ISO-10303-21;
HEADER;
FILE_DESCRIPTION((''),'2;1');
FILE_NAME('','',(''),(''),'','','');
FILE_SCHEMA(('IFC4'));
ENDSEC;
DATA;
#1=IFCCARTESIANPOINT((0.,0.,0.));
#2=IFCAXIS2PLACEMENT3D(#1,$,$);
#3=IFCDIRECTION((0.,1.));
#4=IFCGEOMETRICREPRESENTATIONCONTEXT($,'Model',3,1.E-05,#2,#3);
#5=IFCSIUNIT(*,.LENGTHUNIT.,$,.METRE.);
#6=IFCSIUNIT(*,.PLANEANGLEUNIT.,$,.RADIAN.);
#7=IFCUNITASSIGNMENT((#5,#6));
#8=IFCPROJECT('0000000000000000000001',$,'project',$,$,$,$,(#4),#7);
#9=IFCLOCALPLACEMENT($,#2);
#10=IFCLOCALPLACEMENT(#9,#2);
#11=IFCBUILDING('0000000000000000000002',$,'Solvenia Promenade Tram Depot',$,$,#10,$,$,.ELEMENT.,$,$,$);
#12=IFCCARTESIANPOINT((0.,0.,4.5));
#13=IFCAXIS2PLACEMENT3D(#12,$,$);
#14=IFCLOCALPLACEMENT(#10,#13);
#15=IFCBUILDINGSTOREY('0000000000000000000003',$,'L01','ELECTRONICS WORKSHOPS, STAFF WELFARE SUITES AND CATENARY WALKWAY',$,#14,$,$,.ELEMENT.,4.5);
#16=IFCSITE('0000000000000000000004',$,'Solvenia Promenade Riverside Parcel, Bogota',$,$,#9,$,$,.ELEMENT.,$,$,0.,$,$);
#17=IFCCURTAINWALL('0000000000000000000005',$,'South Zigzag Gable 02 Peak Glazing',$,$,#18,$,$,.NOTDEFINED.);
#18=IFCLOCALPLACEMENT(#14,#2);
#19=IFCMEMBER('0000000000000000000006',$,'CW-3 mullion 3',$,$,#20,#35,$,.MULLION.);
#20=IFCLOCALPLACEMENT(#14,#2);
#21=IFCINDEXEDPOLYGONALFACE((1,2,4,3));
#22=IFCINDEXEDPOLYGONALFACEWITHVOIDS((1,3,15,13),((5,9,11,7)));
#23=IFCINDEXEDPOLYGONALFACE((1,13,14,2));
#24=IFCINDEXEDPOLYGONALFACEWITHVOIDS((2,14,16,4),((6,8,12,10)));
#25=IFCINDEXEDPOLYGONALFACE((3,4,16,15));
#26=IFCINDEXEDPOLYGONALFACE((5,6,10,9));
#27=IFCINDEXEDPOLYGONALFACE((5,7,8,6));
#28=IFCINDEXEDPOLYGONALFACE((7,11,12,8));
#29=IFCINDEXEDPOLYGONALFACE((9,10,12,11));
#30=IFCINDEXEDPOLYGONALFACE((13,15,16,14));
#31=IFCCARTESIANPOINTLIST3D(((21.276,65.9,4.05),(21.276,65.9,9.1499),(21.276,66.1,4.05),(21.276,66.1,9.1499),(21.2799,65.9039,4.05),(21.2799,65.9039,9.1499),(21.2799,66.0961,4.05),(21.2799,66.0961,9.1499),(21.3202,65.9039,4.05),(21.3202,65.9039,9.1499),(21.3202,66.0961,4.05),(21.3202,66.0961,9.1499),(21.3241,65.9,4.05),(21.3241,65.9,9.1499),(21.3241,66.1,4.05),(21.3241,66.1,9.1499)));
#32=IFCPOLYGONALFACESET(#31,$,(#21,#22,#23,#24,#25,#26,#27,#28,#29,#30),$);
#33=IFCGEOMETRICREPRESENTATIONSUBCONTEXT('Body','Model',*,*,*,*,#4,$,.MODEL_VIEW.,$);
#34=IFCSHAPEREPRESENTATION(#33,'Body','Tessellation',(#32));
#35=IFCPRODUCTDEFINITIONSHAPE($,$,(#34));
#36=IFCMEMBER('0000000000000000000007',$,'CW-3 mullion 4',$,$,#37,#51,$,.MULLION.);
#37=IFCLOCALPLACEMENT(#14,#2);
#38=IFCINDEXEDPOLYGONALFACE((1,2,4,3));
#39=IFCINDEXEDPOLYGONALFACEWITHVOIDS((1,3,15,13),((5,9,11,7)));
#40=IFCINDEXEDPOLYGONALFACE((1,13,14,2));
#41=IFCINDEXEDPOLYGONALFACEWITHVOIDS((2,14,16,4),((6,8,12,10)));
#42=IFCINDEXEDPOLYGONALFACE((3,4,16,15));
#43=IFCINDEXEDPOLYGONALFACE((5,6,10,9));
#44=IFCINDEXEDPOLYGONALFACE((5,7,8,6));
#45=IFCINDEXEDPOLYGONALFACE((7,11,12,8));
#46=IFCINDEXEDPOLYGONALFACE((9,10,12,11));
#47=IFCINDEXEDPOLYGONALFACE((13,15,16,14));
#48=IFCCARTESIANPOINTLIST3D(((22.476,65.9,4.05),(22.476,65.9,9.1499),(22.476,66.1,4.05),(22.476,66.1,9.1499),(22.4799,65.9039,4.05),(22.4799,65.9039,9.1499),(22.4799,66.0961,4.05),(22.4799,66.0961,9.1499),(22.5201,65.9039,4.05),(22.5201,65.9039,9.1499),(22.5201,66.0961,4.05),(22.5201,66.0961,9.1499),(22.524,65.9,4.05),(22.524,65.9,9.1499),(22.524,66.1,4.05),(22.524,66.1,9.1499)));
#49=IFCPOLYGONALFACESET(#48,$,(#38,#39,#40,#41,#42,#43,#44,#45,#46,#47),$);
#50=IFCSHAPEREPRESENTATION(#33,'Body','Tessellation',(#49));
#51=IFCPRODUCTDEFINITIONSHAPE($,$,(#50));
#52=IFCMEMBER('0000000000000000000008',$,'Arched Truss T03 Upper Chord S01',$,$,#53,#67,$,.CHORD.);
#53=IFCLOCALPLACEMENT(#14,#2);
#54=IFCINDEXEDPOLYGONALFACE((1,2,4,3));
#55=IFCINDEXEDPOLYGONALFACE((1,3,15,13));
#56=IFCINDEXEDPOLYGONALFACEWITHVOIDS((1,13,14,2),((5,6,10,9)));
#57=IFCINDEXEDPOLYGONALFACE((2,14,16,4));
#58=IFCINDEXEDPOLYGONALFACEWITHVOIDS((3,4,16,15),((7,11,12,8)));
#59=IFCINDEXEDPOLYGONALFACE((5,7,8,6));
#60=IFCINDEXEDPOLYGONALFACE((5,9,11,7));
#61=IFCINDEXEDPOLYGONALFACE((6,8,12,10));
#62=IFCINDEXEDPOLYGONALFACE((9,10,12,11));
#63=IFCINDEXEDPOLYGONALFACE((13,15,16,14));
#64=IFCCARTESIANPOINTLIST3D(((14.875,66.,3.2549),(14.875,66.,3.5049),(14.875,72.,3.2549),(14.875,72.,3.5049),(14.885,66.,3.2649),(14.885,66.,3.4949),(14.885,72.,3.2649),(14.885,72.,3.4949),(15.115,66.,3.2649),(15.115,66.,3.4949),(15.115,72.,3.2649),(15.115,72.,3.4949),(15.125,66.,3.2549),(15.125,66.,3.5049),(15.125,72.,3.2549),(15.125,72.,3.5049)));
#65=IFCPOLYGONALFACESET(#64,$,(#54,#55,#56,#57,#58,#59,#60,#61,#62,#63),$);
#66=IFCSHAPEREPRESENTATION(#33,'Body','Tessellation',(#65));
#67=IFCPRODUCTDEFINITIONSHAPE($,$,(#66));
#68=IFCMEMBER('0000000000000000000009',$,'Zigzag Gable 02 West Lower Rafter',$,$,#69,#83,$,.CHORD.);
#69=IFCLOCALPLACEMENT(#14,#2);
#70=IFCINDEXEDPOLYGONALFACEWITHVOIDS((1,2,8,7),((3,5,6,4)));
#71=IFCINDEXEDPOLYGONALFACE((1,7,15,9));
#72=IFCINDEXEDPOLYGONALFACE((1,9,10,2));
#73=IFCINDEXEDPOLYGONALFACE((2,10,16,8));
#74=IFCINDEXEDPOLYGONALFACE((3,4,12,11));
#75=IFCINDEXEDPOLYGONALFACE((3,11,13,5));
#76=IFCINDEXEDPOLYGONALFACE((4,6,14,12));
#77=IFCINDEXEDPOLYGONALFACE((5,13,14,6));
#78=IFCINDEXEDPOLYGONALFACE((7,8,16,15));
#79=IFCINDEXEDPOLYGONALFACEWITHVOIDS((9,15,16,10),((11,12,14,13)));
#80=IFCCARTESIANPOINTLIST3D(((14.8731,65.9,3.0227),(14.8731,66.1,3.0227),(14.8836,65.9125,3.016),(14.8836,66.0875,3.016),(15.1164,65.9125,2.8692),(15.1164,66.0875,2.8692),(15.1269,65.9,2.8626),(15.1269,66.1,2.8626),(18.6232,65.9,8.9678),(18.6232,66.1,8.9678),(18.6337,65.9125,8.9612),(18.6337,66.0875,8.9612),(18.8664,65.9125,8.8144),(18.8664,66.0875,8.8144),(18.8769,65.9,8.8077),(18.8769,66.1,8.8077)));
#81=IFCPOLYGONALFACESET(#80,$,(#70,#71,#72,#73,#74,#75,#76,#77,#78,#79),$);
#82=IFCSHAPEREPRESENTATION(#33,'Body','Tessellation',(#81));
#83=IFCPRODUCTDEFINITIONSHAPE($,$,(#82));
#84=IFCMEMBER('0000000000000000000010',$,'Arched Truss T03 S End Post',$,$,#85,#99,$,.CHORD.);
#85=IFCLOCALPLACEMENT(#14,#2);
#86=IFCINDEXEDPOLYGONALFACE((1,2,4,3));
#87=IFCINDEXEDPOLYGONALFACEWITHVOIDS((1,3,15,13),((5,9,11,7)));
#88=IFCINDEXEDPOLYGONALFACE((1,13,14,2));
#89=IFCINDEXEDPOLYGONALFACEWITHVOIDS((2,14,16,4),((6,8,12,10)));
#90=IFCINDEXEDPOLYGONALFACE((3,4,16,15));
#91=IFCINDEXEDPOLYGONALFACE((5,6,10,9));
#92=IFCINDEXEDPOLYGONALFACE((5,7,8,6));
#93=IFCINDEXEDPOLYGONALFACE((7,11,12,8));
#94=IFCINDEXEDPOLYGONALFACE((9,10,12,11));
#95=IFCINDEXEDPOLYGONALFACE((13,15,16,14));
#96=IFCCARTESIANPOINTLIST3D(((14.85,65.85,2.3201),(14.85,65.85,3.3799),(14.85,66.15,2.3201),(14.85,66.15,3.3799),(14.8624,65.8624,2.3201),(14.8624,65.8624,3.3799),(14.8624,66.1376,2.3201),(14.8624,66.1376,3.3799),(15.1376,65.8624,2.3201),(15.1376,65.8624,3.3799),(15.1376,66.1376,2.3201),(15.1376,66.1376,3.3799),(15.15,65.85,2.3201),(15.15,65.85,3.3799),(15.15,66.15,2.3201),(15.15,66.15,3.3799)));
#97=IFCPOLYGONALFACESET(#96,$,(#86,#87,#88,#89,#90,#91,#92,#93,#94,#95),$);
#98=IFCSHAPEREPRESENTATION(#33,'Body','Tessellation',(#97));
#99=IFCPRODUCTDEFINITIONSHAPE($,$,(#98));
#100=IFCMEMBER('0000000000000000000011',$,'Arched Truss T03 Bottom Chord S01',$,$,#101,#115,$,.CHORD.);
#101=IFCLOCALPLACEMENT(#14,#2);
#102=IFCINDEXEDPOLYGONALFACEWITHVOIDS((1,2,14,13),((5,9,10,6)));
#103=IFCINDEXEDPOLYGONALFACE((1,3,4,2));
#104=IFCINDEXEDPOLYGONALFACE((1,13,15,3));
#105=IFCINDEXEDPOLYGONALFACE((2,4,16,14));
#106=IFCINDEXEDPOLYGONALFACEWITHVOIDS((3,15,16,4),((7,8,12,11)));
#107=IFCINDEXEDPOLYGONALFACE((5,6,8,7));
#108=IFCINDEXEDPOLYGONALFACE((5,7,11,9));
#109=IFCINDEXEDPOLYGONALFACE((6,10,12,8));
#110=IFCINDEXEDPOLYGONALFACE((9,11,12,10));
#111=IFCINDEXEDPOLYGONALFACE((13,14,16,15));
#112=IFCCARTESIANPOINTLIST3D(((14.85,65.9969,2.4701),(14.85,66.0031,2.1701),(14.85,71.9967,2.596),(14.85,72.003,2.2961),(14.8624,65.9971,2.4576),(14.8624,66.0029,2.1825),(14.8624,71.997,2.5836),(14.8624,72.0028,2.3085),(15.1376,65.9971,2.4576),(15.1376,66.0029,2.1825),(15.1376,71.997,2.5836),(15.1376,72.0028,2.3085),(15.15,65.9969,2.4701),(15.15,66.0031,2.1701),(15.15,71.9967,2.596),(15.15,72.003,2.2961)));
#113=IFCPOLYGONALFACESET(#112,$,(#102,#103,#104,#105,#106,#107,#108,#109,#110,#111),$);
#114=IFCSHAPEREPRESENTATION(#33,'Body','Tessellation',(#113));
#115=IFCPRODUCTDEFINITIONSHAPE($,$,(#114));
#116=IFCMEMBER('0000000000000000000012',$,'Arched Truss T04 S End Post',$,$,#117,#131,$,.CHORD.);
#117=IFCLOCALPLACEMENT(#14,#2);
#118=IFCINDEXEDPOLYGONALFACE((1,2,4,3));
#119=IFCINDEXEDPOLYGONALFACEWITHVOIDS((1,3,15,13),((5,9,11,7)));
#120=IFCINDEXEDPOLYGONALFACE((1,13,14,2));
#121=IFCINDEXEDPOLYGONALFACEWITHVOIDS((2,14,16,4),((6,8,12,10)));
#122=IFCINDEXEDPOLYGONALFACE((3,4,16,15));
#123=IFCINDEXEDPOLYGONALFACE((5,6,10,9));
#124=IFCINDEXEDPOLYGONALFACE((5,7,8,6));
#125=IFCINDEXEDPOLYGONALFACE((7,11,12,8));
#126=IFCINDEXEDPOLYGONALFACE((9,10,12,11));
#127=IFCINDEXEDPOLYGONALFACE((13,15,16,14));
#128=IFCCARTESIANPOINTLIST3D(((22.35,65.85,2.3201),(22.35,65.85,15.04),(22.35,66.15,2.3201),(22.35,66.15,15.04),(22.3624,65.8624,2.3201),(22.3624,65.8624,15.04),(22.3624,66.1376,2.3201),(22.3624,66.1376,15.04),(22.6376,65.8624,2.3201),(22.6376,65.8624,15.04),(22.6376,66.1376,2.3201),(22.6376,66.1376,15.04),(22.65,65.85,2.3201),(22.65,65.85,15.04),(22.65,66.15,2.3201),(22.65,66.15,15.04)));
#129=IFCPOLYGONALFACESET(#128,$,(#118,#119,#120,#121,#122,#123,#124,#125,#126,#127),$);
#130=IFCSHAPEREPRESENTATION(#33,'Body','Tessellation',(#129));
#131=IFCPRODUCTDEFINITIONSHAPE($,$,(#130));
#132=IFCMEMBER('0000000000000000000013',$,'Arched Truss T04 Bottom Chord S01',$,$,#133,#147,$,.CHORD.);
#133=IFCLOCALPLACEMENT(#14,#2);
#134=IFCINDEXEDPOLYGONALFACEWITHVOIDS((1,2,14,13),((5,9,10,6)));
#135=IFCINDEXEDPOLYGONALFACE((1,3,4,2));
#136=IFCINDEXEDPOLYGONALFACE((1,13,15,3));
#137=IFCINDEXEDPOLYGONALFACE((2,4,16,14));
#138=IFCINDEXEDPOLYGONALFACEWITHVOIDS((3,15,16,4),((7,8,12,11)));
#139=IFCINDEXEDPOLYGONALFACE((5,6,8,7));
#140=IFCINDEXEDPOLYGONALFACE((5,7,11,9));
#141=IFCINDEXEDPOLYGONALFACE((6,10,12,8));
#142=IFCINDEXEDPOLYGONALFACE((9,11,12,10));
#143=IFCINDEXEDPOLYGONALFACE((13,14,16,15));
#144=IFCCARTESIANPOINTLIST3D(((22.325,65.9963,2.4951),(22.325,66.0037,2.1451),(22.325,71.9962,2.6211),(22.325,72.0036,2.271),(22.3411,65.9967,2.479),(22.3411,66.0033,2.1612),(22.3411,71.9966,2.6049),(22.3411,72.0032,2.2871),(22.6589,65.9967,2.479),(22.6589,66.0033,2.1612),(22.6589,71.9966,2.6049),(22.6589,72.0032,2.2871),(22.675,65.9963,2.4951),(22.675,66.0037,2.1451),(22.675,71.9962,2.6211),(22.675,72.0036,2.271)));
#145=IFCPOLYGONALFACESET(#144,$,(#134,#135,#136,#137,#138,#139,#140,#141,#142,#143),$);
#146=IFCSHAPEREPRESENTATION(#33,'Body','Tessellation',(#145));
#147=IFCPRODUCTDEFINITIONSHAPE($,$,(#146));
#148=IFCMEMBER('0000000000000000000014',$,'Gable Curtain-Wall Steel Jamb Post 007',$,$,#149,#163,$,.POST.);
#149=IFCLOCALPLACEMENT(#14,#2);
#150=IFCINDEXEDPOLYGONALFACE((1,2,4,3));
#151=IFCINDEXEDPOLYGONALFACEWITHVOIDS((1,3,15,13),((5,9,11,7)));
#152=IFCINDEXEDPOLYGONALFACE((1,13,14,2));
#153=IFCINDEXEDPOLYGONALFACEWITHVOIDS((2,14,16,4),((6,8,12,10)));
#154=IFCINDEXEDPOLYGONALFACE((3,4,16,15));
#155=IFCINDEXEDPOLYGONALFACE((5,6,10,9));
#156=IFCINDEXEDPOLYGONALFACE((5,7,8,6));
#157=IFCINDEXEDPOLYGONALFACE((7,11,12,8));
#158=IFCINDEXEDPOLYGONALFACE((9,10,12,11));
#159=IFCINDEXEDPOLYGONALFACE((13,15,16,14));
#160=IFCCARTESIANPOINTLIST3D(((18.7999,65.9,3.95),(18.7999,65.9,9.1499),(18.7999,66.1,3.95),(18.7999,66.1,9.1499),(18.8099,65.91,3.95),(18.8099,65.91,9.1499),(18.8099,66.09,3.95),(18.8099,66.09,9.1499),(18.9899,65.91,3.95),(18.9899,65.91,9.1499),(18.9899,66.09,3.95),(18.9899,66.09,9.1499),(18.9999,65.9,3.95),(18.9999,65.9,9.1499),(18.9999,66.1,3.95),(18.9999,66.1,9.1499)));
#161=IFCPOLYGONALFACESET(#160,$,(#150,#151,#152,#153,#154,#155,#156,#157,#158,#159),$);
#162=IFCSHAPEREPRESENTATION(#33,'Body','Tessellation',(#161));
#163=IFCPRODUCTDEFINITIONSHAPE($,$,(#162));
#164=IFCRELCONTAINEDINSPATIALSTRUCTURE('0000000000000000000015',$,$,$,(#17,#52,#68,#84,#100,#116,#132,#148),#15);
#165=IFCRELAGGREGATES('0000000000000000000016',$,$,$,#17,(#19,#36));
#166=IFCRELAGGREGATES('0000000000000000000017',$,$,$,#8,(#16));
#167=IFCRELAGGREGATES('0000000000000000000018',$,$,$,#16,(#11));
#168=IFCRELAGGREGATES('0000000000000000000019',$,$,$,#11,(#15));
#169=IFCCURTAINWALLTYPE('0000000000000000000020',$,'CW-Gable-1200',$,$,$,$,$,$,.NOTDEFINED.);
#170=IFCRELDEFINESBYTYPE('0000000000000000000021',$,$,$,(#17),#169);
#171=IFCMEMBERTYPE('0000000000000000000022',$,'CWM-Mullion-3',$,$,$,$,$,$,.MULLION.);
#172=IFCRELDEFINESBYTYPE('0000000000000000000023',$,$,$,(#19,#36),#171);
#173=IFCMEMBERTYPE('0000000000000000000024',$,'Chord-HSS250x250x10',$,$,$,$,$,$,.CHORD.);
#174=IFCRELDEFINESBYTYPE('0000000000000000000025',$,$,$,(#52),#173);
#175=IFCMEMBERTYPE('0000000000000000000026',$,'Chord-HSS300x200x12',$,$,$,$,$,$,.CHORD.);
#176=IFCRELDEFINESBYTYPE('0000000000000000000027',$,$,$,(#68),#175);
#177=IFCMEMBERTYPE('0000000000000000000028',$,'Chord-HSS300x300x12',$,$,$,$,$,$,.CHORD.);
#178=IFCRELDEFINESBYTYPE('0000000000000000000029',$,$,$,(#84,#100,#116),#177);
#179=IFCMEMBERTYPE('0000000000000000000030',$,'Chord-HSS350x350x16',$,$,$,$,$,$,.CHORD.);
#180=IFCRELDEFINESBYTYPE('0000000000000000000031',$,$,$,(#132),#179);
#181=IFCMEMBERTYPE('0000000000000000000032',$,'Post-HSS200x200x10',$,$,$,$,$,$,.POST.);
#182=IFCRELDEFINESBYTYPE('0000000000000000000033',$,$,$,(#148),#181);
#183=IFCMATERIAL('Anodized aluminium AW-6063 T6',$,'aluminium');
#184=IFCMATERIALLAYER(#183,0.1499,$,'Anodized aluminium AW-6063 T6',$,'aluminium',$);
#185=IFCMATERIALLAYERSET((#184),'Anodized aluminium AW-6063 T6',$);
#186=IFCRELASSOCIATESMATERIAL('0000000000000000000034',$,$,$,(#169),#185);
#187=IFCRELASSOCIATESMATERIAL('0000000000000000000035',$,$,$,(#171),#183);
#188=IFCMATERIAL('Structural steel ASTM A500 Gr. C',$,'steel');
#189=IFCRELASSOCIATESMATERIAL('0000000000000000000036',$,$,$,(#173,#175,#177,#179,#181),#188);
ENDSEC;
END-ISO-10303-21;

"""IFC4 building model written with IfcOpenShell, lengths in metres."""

from ifc_helpers import new_model, si_unit, direction, frame, origin, origin_2d, place, context, subcontext, project, spatial, hollow_rectangle, extrude, material, layer, layer_set, material_profile, profile_set, type_object, element, aggregate, save


model = new_model("IFC4")

# Units and contexts
model_context = context("Model", 3, precision=1e-05, world=origin(), true_north=direction((0.0, 1.0)))
body_context = subcontext(model_context, "Body", "Model", "MODEL_VIEW")
ifc_project = project(units=[si_unit("LENGTHUNIT", "METRE"), si_unit("PLANEANGLEUNIT", "RADIAN")], contexts=[model_context])

# Site, building, storey
site_placement = place(None, origin())
site = spatial("IfcSite", under=ifc_project, at=site_placement, Name="Solvenia Promenade Riverside Parcel, Bogota", CompositionType="ELEMENT", RefElevation=0.0)
building_placement = place(site_placement, origin())
building = spatial("IfcBuilding", under=site, at=building_placement, Name="Solvenia Promenade Tram Depot", CompositionType="ELEMENT")
storey_placement = place(building_placement, frame((0.0, 0.0, 4.5)))
storey = spatial("IfcBuildingStorey", under=building, at=storey_placement, Name="L01", Description="ELECTRONICS WORKSHOPS, STAFF WELFARE SUITES AND CATENARY WALKWAY", CompositionType="ELEMENT", Elevation=4.5)

# Shared definitions
ifc_material_1 = material(Name="Structural steel ASTM A500 Gr. C", Category="steel")

# Curtain wall, members
ifc_material_2 = material(Name="Anodized aluminium AW-6063 T6", Category="aluminium")
ifc_layer_1 = layer(ifc_material_2, 0.1499, Name="Anodized aluminium AW-6063 T6", Category="aluminium")
ifc_layer_set_1 = layer_set([ifc_layer_1], Name="Anodized aluminium AW-6063 T6")
curtain_wall_type = type_object("IfcCurtainWallType", Name="CW-Gable-1200", PredefinedType="NOTDEFINED", material=ifc_layer_set_1)
curtain_wall_placement = place(storey_placement, origin())
curtain_wall = element("IfcCurtainWall", 1, at=curtain_wall_placement, inside=storey, type_object=curtain_wall_type, Name="South Zigzag Gable 02 Peak Glazing", PredefinedType="NOTDEFINED")
ifc_material_profile_1 = material_profile(ifc_material_2, hollow_rectangle(XDim=0.2, YDim=0.0481, WallThickness=0.0039, at=origin_2d()), Name="ALU-M3", Category="aluminium")
ifc_profile_set_1 = profile_set([ifc_material_profile_1], Name="Anodized aluminium AW-6063 T6")
member_type_1 = type_object("IfcMemberType", Name="CWM-Mullion-3", PredefinedType="MULLION", material=ifc_profile_set_1)
member_1_placement = place(storey_placement, frame((21.3, 66.0, 4.05), z_axis=(0.0, 0.0, 1.0), x_axis=(0.0, 1.0, 0.0)))
member_1 = element("IfcMember", 2, at=member_1_placement, type_object=member_type_1, Name="CW-3 mullion 3", PredefinedType="MULLION", context=body_context, shape_type="SweptSolid", body=[
    extrude(hollow_rectangle(XDim=0.2, YDim=0.0481, WallThickness=0.0039, at=origin_2d()), origin(), (0.0, 0.0, 1.0), 5.0999),
])
member_2_placement = place(storey_placement, frame((22.5, 66.0, 4.05), z_axis=(0.0, 0.0, 1.0), x_axis=(0.0, 1.0, 0.0)))
member_2 = element("IfcMember", 3, at=member_2_placement, type_object=member_type_1, Name="CW-3 mullion 4", PredefinedType="MULLION", context=body_context, shape_type="SweptSolid", body=[
    extrude(hollow_rectangle(XDim=0.2, YDim=0.0481, WallThickness=0.0039, at=origin_2d()), origin(), (0.0, 0.0, 1.0), 5.0999),
])
aggregate(curtain_wall, [member_1, member_2])

# Members
ifc_material_profile_2 = material_profile(ifc_material_1, hollow_rectangle(XDim=0.25, YDim=0.25, WallThickness=0.01, at=origin_2d()), Name="HSS250x250x10", Category="steel")
ifc_profile_set_2 = profile_set([ifc_material_profile_2], Name="Structural steel ASTM A500 Gr. C")
member_type_2 = type_object("IfcMemberType", Name="Chord-HSS250x250x10", PredefinedType="CHORD", material=ifc_profile_set_2)
member_3_placement = place(storey_placement, frame((15.0, 66.0, 3.3799), z_axis=(0.0, 1.0, 0.0), x_axis=(-1.0, 0.0, 0.0)))
element("IfcMember", 4, at=member_3_placement, inside=storey, type_object=member_type_2, Name="Arched Truss T03 Upper Chord S01", PredefinedType="CHORD", context=body_context, shape_type="SweptSolid", body=[
    extrude(hollow_rectangle(XDim=0.25, YDim=0.25, WallThickness=0.01, at=origin_2d()), origin(), (0.0, 0.0, 1.0), 6.0),
])
ifc_material_profile_3 = material_profile(ifc_material_1, hollow_rectangle(XDim=0.2, YDim=0.3, WallThickness=0.0125, at=origin_2d()), Name="HSS300x200x12.5", Category="steel")
ifc_profile_set_3 = profile_set([ifc_material_profile_3], Name="Structural steel ASTM A500 Gr. C")
member_type_3 = type_object("IfcMemberType", Name="Chord-HSS300x200x12", PredefinedType="CHORD", material=ifc_profile_set_3)
member_4_placement = place(storey_placement, frame((15.0, 66.0, 2.9426), z_axis=(0.533507, 0.0, 0.845796), x_axis=(0.0, 1.0, 0.0)))
element("IfcMember", 5, at=member_4_placement, inside=storey, type_object=member_type_3, Name="Zigzag Gable 02 West Lower Rafter", PredefinedType="CHORD", context=body_context, shape_type="SweptSolid", body=[
    extrude(hollow_rectangle(XDim=0.2, YDim=0.3, WallThickness=0.0125, at=origin_2d()), origin(), (0.0, 0.0, 1.0), 7.0291),
])
ifc_material_profile_4 = material_profile(ifc_material_1, hollow_rectangle(XDim=0.3, YDim=0.3, WallThickness=0.0125, at=origin_2d()), Name="HSS300x300x12.5", Category="steel")
ifc_profile_set_4 = profile_set([ifc_material_profile_4], Name="Structural steel ASTM A500 Gr. C")
member_type_4 = type_object("IfcMemberType", Name="Chord-HSS300x300x12", PredefinedType="CHORD", material=ifc_profile_set_4)
member_5_placement = place(storey_placement, frame((15.0, 66.0, 2.3201), z_axis=(0.0, 0.0, 1.0), x_axis=(1.0, 0.0, 0.0)))
element("IfcMember", 6, at=member_5_placement, inside=storey, type_object=member_type_4, Name="Arched Truss T03 S End Post", PredefinedType="CHORD", context=body_context, shape_type="SweptSolid", body=[
    extrude(hollow_rectangle(XDim=0.3, YDim=0.3, WallThickness=0.0125, at=origin_2d()), origin(), (0.0, 0.0, 1.0), 1.0598),
])
member_6_placement = place(storey_placement, frame((15.0, 66.0, 2.3201), z_axis=(0.0, 0.99978, 0.020991), x_axis=(-1.0, 0.0, 0.0)))
element("IfcMember", 7, at=member_6_placement, inside=storey, type_object=member_type_4, Name="Arched Truss T03 Bottom Chord S01", PredefinedType="CHORD", context=body_context, shape_type="SweptSolid", body=[
    extrude(hollow_rectangle(XDim=0.3, YDim=0.3, WallThickness=0.0125, at=origin_2d()), origin(), (0.0, 0.0, 1.0), 6.0012),
])
member_7_placement = place(storey_placement, frame((22.5, 66.0, 2.3201), z_axis=(0.0, 0.0, 1.0), x_axis=(1.0, 0.0, 0.0)))
element("IfcMember", 8, at=member_7_placement, inside=storey, type_object=member_type_4, Name="Arched Truss T04 S End Post", PredefinedType="CHORD", context=body_context, shape_type="SweptSolid", body=[
    extrude(hollow_rectangle(XDim=0.3, YDim=0.3, WallThickness=0.0125, at=origin_2d()), origin(), (0.0, 0.0, 1.0), 12.72),
])
ifc_material_profile_5 = material_profile(ifc_material_1, hollow_rectangle(XDim=0.3501, YDim=0.3501, WallThickness=0.0161, at=origin_2d()), Name="HSS350x350x16", Category="steel")
ifc_profile_set_5 = profile_set([ifc_material_profile_5], Name="Structural steel ASTM A500 Gr. C")
member_type_5 = type_object("IfcMemberType", Name="Chord-HSS350x350x16", PredefinedType="CHORD", material=ifc_profile_set_5)
member_8_placement = place(storey_placement, frame((22.5, 66.0, 2.3201), z_axis=(0.0, 0.99978, 0.020991), x_axis=(-1.0, 0.0, 0.0)))
element("IfcMember", 9, at=member_8_placement, inside=storey, type_object=member_type_5, Name="Arched Truss T04 Bottom Chord S01", PredefinedType="CHORD", context=body_context, shape_type="SweptSolid", body=[
    extrude(hollow_rectangle(XDim=0.3501, YDim=0.3501, WallThickness=0.0161, at=origin_2d()), origin(), (0.0, 0.0, 1.0), 6.0012),
])
ifc_material_profile_6 = material_profile(ifc_material_1, hollow_rectangle(XDim=0.2, YDim=0.2, WallThickness=0.01, at=origin_2d()), Name="HSS200x200x10", Category="steel")
ifc_profile_set_6 = profile_set([ifc_material_profile_6], Name="Structural steel ASTM A500 Gr. C")
member_type_6 = type_object("IfcMemberType", Name="Post-HSS200x200x10", PredefinedType="POST", material=ifc_profile_set_6)
member_9_placement = place(storey_placement, frame((18.8999, 66.0, 3.95), z_axis=(0.0, 0.0, 1.0), x_axis=(1.0, 0.0, 0.0)))
element("IfcMember", 10, at=member_9_placement, inside=storey, type_object=member_type_6, Name="Gable Curtain-Wall Steel Jamb Post 007", PredefinedType="POST", context=body_context, shape_type="SweptSolid", body=[
    extrude(hollow_rectangle(XDim=0.2, YDim=0.2, WallThickness=0.01, at=origin_2d()), origin(), (0.0, 0.0, 1.0), 5.2),
])

save(model, "model.ifc")
